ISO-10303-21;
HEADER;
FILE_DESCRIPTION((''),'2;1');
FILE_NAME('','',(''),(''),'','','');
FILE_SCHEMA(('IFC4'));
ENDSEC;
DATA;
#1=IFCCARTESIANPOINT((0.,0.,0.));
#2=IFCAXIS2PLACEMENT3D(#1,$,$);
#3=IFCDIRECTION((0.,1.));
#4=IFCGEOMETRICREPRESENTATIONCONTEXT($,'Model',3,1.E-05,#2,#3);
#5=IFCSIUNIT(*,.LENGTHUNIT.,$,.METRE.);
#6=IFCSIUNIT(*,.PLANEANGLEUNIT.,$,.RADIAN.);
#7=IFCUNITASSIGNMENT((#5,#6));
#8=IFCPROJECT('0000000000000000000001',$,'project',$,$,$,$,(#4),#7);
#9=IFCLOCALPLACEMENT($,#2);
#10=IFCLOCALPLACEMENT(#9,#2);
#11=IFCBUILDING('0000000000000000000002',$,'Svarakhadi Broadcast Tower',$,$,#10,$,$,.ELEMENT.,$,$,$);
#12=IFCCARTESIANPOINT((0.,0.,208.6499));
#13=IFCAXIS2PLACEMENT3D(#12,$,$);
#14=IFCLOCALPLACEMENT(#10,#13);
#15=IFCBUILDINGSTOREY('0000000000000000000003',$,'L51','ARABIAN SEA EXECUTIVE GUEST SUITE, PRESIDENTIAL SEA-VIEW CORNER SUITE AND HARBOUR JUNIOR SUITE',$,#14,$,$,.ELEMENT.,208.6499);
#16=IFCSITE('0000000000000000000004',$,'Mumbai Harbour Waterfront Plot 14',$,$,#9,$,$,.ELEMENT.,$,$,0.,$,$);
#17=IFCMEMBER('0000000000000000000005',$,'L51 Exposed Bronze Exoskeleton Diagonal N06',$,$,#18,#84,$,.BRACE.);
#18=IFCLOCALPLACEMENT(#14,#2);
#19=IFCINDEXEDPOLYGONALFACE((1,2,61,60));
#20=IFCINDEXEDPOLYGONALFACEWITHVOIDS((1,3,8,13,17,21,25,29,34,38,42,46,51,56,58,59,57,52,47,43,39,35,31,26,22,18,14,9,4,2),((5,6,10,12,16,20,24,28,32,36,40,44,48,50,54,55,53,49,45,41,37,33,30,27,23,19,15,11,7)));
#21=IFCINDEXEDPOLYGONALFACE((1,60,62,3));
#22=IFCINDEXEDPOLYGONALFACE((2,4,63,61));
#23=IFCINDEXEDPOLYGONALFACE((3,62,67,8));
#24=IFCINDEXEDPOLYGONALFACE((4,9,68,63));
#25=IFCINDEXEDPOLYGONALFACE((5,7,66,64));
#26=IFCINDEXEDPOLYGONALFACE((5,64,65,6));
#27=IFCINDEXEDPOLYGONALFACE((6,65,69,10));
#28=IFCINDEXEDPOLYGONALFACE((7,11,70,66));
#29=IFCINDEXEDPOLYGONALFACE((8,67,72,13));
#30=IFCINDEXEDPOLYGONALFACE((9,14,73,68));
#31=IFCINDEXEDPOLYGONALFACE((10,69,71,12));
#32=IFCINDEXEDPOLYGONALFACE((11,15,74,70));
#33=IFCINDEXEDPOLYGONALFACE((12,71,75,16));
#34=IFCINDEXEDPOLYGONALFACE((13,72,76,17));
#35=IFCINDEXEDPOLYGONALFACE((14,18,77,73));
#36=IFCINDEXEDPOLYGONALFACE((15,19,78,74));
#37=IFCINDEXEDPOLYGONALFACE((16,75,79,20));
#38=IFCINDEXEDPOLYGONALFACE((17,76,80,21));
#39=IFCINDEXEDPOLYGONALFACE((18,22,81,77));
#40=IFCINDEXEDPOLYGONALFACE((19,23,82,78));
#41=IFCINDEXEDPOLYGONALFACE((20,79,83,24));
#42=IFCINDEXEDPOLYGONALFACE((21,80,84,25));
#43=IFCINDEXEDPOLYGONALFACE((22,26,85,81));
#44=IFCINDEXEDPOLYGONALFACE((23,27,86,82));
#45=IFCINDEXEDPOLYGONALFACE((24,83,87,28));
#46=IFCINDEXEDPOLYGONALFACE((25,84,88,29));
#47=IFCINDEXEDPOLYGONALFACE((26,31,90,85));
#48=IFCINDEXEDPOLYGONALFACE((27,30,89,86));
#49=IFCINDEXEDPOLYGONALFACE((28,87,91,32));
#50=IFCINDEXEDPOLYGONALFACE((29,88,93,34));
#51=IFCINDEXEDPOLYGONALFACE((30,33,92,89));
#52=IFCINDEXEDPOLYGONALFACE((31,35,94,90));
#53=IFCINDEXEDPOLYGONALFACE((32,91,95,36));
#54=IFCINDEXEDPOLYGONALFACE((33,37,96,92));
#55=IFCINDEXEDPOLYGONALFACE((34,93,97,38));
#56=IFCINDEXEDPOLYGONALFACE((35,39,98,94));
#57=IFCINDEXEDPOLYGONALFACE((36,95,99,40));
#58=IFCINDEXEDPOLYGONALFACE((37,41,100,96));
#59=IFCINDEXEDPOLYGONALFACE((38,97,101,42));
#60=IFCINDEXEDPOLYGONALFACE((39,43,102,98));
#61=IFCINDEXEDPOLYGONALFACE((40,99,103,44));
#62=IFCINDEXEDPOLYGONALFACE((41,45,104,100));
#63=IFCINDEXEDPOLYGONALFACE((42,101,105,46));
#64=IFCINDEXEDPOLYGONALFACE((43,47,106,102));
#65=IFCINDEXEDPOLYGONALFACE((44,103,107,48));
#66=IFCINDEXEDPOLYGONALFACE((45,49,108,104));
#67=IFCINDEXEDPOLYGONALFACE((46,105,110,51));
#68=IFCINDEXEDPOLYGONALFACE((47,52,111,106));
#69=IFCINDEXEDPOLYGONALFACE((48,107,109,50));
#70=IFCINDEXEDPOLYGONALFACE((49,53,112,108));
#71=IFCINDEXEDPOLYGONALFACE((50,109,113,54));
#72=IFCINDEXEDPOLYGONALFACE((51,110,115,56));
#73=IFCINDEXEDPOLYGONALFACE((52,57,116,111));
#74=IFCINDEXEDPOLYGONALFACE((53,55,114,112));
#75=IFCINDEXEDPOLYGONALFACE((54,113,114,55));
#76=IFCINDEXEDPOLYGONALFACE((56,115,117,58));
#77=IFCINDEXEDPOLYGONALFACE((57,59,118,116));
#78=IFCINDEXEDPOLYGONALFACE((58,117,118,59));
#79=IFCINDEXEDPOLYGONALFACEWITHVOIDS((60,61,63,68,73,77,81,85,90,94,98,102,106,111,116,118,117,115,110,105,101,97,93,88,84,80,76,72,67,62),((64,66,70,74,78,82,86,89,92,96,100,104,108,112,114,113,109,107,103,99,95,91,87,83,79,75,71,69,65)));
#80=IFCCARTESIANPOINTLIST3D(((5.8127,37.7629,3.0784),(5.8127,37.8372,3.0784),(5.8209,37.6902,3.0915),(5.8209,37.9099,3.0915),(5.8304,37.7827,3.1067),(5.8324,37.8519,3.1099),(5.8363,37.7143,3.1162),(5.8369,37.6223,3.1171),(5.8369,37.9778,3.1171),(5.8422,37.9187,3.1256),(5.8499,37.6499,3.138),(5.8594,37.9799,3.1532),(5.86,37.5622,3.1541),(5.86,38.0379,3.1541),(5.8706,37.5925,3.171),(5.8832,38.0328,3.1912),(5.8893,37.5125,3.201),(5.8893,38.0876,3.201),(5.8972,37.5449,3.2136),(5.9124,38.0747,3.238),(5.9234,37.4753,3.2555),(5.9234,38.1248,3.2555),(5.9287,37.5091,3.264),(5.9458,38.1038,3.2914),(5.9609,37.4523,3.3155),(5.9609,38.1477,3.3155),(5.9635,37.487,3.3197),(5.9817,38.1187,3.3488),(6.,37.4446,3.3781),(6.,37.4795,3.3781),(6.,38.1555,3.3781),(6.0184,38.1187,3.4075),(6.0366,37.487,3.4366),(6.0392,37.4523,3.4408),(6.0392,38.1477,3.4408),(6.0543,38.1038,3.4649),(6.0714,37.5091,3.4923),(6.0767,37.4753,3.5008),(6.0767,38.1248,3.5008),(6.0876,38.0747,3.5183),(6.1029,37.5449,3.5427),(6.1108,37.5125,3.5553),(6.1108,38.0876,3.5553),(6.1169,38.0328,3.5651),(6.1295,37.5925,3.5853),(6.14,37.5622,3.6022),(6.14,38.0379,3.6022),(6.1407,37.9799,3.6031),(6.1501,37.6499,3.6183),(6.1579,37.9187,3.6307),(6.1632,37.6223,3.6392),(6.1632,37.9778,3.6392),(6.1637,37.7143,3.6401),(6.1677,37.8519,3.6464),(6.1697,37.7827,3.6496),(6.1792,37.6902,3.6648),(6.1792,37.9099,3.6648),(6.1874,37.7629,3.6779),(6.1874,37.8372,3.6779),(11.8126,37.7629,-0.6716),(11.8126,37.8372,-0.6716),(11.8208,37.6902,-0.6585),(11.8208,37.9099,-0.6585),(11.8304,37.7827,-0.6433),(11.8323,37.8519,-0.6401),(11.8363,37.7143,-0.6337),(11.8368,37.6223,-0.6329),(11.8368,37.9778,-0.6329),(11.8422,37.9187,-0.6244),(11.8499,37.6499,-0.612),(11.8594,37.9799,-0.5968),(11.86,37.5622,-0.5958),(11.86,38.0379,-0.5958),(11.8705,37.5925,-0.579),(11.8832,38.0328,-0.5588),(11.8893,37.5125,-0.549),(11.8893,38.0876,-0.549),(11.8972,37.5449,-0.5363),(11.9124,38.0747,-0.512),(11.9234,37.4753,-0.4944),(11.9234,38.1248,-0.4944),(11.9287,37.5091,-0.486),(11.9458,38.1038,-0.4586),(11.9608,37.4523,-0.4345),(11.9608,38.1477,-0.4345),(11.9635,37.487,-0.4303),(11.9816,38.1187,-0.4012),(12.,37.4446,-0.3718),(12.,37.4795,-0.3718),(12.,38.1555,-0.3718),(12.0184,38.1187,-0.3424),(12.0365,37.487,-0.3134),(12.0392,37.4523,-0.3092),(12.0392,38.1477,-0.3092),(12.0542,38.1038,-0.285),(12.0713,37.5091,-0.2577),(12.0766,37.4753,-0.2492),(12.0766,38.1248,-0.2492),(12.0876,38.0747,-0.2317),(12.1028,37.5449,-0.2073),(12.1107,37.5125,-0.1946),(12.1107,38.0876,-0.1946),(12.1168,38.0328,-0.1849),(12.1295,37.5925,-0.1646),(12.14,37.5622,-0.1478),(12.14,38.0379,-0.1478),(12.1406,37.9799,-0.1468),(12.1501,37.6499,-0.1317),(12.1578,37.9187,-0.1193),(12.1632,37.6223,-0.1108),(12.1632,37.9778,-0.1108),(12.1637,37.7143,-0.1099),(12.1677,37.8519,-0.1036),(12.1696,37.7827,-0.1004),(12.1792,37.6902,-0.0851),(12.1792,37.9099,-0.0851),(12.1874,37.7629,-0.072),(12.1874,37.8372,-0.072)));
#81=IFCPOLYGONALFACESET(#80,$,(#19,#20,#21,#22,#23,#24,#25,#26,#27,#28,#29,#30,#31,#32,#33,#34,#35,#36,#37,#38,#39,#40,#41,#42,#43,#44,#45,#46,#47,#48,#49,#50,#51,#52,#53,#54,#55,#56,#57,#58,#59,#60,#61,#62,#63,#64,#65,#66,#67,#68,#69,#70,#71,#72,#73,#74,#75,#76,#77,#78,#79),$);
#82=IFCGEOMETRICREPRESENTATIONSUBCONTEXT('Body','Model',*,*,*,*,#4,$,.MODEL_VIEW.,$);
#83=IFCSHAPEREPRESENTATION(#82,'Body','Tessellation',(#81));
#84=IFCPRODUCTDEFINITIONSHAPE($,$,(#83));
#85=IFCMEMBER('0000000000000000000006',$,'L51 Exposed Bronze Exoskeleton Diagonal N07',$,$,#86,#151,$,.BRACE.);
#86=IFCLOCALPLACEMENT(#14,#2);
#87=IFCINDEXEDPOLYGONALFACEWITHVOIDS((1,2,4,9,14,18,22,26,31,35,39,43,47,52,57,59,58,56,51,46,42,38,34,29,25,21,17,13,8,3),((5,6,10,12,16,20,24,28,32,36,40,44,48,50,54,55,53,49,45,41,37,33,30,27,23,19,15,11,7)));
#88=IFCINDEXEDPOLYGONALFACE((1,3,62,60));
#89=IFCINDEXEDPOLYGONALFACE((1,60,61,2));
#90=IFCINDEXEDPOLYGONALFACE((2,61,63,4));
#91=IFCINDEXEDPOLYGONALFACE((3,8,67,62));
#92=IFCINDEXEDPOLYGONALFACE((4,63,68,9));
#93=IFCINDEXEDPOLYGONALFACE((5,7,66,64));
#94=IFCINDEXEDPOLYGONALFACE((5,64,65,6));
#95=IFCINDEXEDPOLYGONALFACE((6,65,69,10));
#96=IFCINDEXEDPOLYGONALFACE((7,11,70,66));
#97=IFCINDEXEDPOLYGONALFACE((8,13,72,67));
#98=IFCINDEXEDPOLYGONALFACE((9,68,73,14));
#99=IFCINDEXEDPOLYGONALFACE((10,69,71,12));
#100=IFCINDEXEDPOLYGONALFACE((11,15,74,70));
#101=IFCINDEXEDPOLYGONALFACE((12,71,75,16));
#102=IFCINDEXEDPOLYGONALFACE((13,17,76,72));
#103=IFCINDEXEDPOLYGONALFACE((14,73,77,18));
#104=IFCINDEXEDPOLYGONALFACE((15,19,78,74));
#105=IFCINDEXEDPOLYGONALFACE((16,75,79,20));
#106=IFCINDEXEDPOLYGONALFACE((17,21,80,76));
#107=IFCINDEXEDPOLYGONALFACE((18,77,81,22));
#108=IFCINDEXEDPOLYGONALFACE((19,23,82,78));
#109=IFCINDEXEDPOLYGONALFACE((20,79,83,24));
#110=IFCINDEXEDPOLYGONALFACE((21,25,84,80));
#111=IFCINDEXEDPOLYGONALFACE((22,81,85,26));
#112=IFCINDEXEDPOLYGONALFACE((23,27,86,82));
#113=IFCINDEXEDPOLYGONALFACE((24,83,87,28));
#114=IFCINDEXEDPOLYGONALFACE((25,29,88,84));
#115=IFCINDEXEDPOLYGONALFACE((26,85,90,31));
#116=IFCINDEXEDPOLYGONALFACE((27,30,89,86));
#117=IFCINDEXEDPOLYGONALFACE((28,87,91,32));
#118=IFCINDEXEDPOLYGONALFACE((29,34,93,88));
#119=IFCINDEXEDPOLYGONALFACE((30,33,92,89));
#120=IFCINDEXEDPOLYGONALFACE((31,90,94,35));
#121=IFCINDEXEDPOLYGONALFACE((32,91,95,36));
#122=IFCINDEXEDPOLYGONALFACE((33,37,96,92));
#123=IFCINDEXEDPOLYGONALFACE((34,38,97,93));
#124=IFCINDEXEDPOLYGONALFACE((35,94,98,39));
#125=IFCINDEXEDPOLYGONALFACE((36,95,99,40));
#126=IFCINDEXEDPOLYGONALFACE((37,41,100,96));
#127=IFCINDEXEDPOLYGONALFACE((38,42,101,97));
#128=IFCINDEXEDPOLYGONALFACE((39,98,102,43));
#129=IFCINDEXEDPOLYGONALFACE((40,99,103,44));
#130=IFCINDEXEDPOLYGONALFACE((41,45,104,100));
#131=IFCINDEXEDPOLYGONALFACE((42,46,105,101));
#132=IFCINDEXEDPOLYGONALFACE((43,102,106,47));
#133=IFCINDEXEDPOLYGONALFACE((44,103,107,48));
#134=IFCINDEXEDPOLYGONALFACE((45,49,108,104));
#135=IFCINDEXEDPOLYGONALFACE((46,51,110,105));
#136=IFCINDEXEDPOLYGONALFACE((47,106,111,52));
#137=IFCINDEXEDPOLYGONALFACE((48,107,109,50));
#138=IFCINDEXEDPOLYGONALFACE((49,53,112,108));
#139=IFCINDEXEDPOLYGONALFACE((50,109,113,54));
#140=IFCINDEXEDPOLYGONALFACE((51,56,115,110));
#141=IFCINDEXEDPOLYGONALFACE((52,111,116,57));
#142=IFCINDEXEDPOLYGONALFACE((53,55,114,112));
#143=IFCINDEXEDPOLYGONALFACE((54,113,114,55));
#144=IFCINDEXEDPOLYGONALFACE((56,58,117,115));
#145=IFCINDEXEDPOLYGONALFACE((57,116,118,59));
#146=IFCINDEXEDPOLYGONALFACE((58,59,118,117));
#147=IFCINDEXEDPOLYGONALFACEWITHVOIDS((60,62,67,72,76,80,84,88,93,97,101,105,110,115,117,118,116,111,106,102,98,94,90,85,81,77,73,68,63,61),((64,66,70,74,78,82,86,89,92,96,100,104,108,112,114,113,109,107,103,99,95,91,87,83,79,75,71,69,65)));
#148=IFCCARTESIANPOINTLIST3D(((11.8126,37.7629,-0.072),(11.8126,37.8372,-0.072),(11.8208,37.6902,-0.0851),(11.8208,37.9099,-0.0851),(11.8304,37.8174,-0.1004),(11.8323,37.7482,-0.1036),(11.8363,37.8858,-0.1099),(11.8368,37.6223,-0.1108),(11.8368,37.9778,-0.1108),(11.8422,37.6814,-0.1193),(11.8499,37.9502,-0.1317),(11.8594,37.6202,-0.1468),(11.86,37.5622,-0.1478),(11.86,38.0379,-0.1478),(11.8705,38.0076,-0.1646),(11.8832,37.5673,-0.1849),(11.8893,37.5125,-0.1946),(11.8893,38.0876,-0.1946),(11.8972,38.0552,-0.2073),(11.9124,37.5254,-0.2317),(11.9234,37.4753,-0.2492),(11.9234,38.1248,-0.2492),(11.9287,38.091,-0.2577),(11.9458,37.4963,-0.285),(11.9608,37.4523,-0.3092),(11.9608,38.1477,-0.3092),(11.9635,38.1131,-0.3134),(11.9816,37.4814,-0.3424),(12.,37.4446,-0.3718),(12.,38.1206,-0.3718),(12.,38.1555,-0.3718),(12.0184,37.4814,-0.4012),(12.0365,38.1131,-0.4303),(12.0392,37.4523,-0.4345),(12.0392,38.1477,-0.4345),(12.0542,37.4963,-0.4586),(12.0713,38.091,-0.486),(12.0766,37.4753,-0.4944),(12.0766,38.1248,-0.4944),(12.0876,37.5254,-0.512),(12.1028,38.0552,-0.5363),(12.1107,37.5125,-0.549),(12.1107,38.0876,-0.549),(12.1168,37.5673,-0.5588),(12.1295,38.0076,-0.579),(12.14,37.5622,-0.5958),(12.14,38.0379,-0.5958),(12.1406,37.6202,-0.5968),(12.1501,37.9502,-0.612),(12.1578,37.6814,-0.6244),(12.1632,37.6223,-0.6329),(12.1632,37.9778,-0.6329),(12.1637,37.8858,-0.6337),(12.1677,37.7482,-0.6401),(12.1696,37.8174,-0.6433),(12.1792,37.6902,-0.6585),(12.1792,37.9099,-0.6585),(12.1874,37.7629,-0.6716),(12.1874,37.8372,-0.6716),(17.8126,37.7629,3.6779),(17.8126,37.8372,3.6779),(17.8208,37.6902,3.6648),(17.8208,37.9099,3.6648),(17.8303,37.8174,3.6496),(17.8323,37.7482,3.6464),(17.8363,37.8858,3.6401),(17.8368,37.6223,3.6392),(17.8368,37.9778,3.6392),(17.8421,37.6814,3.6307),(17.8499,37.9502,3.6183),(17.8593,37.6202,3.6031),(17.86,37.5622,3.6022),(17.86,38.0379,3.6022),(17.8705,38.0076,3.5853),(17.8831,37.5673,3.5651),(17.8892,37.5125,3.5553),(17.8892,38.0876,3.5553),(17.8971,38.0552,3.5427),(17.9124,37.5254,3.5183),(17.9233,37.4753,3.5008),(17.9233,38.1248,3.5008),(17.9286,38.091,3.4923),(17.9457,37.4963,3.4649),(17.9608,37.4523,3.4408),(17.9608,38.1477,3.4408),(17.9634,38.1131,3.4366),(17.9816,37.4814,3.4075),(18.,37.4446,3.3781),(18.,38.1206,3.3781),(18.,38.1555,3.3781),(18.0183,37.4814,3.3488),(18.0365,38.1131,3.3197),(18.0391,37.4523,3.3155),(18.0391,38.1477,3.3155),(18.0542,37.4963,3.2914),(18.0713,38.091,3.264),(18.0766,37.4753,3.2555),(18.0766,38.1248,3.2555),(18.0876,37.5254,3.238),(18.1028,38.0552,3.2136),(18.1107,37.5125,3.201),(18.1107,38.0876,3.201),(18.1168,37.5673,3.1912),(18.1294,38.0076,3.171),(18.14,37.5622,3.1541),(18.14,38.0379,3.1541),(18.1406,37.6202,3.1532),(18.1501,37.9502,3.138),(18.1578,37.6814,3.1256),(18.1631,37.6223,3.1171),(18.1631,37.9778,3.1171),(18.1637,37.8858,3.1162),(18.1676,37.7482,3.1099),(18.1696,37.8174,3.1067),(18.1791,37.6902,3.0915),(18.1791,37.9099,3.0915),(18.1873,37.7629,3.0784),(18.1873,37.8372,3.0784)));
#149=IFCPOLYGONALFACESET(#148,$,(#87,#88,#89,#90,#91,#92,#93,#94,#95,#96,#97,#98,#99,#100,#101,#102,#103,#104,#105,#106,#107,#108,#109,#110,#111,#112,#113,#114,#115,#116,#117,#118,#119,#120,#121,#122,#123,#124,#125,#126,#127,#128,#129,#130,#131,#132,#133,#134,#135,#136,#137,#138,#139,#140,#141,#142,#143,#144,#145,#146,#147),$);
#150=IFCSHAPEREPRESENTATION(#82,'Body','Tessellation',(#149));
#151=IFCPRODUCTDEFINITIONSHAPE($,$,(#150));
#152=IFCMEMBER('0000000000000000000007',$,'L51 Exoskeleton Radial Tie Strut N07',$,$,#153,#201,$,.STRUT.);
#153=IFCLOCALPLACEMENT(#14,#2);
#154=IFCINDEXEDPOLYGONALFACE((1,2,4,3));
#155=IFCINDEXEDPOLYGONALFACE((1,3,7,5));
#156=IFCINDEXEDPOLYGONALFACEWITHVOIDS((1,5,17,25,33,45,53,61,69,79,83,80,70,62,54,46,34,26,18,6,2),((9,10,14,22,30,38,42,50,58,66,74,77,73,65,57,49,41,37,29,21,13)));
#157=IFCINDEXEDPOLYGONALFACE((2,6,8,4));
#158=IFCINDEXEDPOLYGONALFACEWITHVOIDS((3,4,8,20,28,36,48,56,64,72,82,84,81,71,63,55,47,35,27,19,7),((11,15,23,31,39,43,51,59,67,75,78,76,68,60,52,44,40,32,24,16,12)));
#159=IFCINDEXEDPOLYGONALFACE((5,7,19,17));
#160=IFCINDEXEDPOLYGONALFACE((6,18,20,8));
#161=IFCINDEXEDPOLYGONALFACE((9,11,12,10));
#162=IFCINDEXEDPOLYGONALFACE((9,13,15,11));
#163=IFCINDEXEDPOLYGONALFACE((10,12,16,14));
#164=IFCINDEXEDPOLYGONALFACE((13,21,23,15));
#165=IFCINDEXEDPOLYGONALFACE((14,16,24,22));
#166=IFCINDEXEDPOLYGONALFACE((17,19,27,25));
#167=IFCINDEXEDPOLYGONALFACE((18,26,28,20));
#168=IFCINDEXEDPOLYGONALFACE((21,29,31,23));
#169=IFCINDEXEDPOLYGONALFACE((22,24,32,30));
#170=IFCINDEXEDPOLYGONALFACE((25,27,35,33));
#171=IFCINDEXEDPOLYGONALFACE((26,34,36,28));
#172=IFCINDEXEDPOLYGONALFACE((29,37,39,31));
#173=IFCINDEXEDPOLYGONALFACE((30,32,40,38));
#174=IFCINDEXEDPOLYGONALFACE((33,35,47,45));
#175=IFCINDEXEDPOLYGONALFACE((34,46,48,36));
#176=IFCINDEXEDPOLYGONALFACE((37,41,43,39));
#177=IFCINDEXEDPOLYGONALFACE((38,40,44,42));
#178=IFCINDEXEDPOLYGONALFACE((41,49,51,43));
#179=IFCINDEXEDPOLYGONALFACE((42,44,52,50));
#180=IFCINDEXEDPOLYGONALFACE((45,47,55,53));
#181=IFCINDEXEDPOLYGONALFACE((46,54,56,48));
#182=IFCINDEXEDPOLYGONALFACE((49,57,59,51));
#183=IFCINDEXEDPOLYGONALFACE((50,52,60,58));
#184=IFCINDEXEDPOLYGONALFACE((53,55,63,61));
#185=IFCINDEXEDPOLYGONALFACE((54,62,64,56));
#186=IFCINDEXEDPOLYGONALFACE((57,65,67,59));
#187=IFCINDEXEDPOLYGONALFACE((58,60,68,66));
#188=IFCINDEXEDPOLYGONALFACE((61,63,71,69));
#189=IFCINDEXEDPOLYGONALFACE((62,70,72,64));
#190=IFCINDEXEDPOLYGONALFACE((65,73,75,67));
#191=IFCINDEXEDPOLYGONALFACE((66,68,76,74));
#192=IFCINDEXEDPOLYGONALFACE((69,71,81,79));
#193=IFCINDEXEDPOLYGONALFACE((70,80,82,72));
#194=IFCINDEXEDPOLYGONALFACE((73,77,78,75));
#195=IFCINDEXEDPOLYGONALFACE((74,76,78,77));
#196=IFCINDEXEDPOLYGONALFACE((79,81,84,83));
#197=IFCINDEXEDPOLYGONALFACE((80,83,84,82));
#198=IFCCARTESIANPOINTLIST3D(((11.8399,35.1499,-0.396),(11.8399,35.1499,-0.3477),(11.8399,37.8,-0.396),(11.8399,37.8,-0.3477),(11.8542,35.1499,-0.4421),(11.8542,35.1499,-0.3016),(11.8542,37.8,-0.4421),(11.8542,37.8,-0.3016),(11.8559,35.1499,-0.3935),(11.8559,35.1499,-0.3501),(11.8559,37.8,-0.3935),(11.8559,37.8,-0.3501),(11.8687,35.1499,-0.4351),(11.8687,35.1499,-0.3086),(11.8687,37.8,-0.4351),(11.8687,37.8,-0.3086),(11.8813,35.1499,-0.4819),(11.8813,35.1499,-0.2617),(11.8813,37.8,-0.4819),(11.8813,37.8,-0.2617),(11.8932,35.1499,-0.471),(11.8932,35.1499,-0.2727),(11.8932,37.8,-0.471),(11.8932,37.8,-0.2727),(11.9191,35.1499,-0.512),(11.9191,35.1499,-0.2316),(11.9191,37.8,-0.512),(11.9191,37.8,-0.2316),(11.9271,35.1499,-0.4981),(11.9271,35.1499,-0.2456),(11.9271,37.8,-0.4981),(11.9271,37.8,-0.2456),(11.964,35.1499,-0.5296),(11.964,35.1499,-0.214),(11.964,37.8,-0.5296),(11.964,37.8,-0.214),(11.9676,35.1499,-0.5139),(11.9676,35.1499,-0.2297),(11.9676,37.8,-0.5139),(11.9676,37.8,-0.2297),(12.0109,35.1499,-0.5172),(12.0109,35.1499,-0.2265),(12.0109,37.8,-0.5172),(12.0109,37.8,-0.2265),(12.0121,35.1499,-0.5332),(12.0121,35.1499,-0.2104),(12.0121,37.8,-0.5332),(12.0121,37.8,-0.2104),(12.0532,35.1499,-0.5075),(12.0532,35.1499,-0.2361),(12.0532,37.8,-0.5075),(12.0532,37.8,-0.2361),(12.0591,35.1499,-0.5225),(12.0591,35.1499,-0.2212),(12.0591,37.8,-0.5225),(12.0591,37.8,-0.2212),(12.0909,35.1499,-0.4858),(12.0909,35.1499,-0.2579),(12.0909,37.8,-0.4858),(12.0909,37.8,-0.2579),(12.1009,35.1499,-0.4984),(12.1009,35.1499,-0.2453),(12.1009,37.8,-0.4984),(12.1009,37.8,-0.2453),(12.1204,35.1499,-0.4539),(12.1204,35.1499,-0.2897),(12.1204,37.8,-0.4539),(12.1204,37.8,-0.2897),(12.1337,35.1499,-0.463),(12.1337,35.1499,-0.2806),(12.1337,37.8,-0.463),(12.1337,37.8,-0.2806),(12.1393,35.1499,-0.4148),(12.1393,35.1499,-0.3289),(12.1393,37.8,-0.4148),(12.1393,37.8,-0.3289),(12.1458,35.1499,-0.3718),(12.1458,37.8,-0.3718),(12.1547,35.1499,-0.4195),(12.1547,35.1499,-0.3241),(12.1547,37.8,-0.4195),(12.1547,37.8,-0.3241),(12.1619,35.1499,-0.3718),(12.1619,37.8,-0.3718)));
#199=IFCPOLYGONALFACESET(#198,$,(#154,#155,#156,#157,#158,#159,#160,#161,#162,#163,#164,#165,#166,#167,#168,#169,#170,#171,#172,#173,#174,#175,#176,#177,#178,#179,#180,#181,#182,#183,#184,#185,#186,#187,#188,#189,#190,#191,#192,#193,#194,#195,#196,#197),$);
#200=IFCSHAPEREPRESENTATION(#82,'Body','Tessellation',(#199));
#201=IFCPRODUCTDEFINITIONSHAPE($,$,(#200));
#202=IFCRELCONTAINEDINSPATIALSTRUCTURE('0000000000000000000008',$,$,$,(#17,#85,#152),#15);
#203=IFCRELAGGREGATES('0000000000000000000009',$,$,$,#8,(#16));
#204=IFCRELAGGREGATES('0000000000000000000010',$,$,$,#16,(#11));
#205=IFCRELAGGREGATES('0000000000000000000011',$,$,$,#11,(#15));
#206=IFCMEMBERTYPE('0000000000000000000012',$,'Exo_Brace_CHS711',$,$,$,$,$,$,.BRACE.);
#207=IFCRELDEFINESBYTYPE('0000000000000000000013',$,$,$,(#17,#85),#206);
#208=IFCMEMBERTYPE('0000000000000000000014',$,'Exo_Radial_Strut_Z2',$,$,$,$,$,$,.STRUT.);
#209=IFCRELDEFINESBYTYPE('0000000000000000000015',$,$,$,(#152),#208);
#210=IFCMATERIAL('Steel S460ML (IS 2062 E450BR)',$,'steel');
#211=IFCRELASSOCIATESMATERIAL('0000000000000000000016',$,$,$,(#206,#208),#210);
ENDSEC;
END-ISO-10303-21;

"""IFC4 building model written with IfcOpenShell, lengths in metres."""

from ifc_helpers import new_model, si_unit, direction, frame, origin, origin_2d, place, context, subcontext, project, spatial, hollow_circle, extrude, material, material_profile, profile_set, type_object, element, save


model = new_model("IFC4")

# Units and contexts
model_context = context("Model", 3, precision=1e-05, world=origin(), true_north=direction((0.0, 1.0)))
body_context = subcontext(model_context, "Body", "Model", "MODEL_VIEW")
ifc_project = project(units=[si_unit("LENGTHUNIT", "METRE"), si_unit("PLANEANGLEUNIT", "RADIAN")], contexts=[model_context])

# Site, building, storey
site_placement = place(None, origin())
site = spatial("IfcSite", under=ifc_project, at=site_placement, Name="Mumbai Harbour Waterfront Plot 14", CompositionType="ELEMENT", RefElevation=0.0)
building_placement = place(site_placement, origin())
building = spatial("IfcBuilding", under=site, at=building_placement, Name="Svarakhadi Broadcast Tower", CompositionType="ELEMENT")
storey_placement = place(building_placement, frame((0.0, 0.0, 208.6499)))
storey = spatial("IfcBuildingStorey", under=building, at=storey_placement, Name="L51", Description="ARABIAN SEA EXECUTIVE GUEST SUITE, PRESIDENTIAL SEA-VIEW CORNER SUITE AND HARBOUR JUNIOR SUITE", CompositionType="ELEMENT", Elevation=208.6499)

# Shared definitions
ifc_material_1 = material(Name="Steel S460ML (IS 2062 E450BR)", Category="steel")

# Members
ifc_material_profile_1 = material_profile(ifc_material_1, hollow_circle(Radius=0.3555, WallThickness=0.0349, at=origin_2d()), Name="CHS 711x35")
ifc_profile_set_1 = profile_set([ifc_material_profile_1], Name="Steel S460ML (IS 2062 E450BR)")
member_type_1 = type_object("IfcMemberType", Name="Exo_Brace_CHS711", PredefinedType="BRACE", material=ifc_profile_set_1)
for number, where, z_axis, x_axis, name in (
    (1, (12.0, 37.8, -0.3718), (-0.847998, 0.0, 0.529999), (0.0, -1.0, 0.0), "L51 Exposed Bronze Exoskeleton Diagonal N06"),
    (2, (12.0, 37.8, -0.3718), (0.847998, 0.0, 0.529999), (0.0, 1.0, 0.0), "L51 Exposed Bronze Exoskeleton Diagonal N07"),
):
    element("IfcMember", number, at=place(storey_placement, frame(where, z_axis=z_axis, x_axis=x_axis)), inside=storey, type_object=member_type_1, Name=name, PredefinedType="BRACE", context=body_context, shape_type="SweptSolid", body=[
        extrude(hollow_circle(Radius=0.3555, WallThickness=0.0349, at=origin_2d()), origin(), (0.0, 0.0, 1.0), 7.0754),
    ])
ifc_material_profile_2 = material_profile(ifc_material_1, hollow_circle(Radius=0.1619, WallThickness=0.0161, at=origin_2d()), Name="CHS 323.9x16")
ifc_profile_set_2 = profile_set([ifc_material_profile_2], Name="Steel S460ML (IS 2062 E450BR)")
member_type_2 = type_object("IfcMemberType", Name="Exo_Radial_Strut_Z2", PredefinedType="STRUT", material=ifc_profile_set_2)
member_1_placement = place(storey_placement, frame((12.0, 37.8, -0.3718), z_axis=(0.0, -1.0, 0.0), x_axis=(1.0, 0.0, 0.0)))
element("IfcMember", 3, at=member_1_placement, inside=storey, type_object=member_type_2, Name="L51 Exoskeleton Radial Tie Strut N07", PredefinedType="STRUT", context=body_context, shape_type="SweptSolid", body=[
    extrude(hollow_circle(Radius=0.1619, WallThickness=0.0161, at=origin_2d()), origin(), (0.0, 0.0, 1.0), 2.6501),
])

save(model, "model.ifc")
